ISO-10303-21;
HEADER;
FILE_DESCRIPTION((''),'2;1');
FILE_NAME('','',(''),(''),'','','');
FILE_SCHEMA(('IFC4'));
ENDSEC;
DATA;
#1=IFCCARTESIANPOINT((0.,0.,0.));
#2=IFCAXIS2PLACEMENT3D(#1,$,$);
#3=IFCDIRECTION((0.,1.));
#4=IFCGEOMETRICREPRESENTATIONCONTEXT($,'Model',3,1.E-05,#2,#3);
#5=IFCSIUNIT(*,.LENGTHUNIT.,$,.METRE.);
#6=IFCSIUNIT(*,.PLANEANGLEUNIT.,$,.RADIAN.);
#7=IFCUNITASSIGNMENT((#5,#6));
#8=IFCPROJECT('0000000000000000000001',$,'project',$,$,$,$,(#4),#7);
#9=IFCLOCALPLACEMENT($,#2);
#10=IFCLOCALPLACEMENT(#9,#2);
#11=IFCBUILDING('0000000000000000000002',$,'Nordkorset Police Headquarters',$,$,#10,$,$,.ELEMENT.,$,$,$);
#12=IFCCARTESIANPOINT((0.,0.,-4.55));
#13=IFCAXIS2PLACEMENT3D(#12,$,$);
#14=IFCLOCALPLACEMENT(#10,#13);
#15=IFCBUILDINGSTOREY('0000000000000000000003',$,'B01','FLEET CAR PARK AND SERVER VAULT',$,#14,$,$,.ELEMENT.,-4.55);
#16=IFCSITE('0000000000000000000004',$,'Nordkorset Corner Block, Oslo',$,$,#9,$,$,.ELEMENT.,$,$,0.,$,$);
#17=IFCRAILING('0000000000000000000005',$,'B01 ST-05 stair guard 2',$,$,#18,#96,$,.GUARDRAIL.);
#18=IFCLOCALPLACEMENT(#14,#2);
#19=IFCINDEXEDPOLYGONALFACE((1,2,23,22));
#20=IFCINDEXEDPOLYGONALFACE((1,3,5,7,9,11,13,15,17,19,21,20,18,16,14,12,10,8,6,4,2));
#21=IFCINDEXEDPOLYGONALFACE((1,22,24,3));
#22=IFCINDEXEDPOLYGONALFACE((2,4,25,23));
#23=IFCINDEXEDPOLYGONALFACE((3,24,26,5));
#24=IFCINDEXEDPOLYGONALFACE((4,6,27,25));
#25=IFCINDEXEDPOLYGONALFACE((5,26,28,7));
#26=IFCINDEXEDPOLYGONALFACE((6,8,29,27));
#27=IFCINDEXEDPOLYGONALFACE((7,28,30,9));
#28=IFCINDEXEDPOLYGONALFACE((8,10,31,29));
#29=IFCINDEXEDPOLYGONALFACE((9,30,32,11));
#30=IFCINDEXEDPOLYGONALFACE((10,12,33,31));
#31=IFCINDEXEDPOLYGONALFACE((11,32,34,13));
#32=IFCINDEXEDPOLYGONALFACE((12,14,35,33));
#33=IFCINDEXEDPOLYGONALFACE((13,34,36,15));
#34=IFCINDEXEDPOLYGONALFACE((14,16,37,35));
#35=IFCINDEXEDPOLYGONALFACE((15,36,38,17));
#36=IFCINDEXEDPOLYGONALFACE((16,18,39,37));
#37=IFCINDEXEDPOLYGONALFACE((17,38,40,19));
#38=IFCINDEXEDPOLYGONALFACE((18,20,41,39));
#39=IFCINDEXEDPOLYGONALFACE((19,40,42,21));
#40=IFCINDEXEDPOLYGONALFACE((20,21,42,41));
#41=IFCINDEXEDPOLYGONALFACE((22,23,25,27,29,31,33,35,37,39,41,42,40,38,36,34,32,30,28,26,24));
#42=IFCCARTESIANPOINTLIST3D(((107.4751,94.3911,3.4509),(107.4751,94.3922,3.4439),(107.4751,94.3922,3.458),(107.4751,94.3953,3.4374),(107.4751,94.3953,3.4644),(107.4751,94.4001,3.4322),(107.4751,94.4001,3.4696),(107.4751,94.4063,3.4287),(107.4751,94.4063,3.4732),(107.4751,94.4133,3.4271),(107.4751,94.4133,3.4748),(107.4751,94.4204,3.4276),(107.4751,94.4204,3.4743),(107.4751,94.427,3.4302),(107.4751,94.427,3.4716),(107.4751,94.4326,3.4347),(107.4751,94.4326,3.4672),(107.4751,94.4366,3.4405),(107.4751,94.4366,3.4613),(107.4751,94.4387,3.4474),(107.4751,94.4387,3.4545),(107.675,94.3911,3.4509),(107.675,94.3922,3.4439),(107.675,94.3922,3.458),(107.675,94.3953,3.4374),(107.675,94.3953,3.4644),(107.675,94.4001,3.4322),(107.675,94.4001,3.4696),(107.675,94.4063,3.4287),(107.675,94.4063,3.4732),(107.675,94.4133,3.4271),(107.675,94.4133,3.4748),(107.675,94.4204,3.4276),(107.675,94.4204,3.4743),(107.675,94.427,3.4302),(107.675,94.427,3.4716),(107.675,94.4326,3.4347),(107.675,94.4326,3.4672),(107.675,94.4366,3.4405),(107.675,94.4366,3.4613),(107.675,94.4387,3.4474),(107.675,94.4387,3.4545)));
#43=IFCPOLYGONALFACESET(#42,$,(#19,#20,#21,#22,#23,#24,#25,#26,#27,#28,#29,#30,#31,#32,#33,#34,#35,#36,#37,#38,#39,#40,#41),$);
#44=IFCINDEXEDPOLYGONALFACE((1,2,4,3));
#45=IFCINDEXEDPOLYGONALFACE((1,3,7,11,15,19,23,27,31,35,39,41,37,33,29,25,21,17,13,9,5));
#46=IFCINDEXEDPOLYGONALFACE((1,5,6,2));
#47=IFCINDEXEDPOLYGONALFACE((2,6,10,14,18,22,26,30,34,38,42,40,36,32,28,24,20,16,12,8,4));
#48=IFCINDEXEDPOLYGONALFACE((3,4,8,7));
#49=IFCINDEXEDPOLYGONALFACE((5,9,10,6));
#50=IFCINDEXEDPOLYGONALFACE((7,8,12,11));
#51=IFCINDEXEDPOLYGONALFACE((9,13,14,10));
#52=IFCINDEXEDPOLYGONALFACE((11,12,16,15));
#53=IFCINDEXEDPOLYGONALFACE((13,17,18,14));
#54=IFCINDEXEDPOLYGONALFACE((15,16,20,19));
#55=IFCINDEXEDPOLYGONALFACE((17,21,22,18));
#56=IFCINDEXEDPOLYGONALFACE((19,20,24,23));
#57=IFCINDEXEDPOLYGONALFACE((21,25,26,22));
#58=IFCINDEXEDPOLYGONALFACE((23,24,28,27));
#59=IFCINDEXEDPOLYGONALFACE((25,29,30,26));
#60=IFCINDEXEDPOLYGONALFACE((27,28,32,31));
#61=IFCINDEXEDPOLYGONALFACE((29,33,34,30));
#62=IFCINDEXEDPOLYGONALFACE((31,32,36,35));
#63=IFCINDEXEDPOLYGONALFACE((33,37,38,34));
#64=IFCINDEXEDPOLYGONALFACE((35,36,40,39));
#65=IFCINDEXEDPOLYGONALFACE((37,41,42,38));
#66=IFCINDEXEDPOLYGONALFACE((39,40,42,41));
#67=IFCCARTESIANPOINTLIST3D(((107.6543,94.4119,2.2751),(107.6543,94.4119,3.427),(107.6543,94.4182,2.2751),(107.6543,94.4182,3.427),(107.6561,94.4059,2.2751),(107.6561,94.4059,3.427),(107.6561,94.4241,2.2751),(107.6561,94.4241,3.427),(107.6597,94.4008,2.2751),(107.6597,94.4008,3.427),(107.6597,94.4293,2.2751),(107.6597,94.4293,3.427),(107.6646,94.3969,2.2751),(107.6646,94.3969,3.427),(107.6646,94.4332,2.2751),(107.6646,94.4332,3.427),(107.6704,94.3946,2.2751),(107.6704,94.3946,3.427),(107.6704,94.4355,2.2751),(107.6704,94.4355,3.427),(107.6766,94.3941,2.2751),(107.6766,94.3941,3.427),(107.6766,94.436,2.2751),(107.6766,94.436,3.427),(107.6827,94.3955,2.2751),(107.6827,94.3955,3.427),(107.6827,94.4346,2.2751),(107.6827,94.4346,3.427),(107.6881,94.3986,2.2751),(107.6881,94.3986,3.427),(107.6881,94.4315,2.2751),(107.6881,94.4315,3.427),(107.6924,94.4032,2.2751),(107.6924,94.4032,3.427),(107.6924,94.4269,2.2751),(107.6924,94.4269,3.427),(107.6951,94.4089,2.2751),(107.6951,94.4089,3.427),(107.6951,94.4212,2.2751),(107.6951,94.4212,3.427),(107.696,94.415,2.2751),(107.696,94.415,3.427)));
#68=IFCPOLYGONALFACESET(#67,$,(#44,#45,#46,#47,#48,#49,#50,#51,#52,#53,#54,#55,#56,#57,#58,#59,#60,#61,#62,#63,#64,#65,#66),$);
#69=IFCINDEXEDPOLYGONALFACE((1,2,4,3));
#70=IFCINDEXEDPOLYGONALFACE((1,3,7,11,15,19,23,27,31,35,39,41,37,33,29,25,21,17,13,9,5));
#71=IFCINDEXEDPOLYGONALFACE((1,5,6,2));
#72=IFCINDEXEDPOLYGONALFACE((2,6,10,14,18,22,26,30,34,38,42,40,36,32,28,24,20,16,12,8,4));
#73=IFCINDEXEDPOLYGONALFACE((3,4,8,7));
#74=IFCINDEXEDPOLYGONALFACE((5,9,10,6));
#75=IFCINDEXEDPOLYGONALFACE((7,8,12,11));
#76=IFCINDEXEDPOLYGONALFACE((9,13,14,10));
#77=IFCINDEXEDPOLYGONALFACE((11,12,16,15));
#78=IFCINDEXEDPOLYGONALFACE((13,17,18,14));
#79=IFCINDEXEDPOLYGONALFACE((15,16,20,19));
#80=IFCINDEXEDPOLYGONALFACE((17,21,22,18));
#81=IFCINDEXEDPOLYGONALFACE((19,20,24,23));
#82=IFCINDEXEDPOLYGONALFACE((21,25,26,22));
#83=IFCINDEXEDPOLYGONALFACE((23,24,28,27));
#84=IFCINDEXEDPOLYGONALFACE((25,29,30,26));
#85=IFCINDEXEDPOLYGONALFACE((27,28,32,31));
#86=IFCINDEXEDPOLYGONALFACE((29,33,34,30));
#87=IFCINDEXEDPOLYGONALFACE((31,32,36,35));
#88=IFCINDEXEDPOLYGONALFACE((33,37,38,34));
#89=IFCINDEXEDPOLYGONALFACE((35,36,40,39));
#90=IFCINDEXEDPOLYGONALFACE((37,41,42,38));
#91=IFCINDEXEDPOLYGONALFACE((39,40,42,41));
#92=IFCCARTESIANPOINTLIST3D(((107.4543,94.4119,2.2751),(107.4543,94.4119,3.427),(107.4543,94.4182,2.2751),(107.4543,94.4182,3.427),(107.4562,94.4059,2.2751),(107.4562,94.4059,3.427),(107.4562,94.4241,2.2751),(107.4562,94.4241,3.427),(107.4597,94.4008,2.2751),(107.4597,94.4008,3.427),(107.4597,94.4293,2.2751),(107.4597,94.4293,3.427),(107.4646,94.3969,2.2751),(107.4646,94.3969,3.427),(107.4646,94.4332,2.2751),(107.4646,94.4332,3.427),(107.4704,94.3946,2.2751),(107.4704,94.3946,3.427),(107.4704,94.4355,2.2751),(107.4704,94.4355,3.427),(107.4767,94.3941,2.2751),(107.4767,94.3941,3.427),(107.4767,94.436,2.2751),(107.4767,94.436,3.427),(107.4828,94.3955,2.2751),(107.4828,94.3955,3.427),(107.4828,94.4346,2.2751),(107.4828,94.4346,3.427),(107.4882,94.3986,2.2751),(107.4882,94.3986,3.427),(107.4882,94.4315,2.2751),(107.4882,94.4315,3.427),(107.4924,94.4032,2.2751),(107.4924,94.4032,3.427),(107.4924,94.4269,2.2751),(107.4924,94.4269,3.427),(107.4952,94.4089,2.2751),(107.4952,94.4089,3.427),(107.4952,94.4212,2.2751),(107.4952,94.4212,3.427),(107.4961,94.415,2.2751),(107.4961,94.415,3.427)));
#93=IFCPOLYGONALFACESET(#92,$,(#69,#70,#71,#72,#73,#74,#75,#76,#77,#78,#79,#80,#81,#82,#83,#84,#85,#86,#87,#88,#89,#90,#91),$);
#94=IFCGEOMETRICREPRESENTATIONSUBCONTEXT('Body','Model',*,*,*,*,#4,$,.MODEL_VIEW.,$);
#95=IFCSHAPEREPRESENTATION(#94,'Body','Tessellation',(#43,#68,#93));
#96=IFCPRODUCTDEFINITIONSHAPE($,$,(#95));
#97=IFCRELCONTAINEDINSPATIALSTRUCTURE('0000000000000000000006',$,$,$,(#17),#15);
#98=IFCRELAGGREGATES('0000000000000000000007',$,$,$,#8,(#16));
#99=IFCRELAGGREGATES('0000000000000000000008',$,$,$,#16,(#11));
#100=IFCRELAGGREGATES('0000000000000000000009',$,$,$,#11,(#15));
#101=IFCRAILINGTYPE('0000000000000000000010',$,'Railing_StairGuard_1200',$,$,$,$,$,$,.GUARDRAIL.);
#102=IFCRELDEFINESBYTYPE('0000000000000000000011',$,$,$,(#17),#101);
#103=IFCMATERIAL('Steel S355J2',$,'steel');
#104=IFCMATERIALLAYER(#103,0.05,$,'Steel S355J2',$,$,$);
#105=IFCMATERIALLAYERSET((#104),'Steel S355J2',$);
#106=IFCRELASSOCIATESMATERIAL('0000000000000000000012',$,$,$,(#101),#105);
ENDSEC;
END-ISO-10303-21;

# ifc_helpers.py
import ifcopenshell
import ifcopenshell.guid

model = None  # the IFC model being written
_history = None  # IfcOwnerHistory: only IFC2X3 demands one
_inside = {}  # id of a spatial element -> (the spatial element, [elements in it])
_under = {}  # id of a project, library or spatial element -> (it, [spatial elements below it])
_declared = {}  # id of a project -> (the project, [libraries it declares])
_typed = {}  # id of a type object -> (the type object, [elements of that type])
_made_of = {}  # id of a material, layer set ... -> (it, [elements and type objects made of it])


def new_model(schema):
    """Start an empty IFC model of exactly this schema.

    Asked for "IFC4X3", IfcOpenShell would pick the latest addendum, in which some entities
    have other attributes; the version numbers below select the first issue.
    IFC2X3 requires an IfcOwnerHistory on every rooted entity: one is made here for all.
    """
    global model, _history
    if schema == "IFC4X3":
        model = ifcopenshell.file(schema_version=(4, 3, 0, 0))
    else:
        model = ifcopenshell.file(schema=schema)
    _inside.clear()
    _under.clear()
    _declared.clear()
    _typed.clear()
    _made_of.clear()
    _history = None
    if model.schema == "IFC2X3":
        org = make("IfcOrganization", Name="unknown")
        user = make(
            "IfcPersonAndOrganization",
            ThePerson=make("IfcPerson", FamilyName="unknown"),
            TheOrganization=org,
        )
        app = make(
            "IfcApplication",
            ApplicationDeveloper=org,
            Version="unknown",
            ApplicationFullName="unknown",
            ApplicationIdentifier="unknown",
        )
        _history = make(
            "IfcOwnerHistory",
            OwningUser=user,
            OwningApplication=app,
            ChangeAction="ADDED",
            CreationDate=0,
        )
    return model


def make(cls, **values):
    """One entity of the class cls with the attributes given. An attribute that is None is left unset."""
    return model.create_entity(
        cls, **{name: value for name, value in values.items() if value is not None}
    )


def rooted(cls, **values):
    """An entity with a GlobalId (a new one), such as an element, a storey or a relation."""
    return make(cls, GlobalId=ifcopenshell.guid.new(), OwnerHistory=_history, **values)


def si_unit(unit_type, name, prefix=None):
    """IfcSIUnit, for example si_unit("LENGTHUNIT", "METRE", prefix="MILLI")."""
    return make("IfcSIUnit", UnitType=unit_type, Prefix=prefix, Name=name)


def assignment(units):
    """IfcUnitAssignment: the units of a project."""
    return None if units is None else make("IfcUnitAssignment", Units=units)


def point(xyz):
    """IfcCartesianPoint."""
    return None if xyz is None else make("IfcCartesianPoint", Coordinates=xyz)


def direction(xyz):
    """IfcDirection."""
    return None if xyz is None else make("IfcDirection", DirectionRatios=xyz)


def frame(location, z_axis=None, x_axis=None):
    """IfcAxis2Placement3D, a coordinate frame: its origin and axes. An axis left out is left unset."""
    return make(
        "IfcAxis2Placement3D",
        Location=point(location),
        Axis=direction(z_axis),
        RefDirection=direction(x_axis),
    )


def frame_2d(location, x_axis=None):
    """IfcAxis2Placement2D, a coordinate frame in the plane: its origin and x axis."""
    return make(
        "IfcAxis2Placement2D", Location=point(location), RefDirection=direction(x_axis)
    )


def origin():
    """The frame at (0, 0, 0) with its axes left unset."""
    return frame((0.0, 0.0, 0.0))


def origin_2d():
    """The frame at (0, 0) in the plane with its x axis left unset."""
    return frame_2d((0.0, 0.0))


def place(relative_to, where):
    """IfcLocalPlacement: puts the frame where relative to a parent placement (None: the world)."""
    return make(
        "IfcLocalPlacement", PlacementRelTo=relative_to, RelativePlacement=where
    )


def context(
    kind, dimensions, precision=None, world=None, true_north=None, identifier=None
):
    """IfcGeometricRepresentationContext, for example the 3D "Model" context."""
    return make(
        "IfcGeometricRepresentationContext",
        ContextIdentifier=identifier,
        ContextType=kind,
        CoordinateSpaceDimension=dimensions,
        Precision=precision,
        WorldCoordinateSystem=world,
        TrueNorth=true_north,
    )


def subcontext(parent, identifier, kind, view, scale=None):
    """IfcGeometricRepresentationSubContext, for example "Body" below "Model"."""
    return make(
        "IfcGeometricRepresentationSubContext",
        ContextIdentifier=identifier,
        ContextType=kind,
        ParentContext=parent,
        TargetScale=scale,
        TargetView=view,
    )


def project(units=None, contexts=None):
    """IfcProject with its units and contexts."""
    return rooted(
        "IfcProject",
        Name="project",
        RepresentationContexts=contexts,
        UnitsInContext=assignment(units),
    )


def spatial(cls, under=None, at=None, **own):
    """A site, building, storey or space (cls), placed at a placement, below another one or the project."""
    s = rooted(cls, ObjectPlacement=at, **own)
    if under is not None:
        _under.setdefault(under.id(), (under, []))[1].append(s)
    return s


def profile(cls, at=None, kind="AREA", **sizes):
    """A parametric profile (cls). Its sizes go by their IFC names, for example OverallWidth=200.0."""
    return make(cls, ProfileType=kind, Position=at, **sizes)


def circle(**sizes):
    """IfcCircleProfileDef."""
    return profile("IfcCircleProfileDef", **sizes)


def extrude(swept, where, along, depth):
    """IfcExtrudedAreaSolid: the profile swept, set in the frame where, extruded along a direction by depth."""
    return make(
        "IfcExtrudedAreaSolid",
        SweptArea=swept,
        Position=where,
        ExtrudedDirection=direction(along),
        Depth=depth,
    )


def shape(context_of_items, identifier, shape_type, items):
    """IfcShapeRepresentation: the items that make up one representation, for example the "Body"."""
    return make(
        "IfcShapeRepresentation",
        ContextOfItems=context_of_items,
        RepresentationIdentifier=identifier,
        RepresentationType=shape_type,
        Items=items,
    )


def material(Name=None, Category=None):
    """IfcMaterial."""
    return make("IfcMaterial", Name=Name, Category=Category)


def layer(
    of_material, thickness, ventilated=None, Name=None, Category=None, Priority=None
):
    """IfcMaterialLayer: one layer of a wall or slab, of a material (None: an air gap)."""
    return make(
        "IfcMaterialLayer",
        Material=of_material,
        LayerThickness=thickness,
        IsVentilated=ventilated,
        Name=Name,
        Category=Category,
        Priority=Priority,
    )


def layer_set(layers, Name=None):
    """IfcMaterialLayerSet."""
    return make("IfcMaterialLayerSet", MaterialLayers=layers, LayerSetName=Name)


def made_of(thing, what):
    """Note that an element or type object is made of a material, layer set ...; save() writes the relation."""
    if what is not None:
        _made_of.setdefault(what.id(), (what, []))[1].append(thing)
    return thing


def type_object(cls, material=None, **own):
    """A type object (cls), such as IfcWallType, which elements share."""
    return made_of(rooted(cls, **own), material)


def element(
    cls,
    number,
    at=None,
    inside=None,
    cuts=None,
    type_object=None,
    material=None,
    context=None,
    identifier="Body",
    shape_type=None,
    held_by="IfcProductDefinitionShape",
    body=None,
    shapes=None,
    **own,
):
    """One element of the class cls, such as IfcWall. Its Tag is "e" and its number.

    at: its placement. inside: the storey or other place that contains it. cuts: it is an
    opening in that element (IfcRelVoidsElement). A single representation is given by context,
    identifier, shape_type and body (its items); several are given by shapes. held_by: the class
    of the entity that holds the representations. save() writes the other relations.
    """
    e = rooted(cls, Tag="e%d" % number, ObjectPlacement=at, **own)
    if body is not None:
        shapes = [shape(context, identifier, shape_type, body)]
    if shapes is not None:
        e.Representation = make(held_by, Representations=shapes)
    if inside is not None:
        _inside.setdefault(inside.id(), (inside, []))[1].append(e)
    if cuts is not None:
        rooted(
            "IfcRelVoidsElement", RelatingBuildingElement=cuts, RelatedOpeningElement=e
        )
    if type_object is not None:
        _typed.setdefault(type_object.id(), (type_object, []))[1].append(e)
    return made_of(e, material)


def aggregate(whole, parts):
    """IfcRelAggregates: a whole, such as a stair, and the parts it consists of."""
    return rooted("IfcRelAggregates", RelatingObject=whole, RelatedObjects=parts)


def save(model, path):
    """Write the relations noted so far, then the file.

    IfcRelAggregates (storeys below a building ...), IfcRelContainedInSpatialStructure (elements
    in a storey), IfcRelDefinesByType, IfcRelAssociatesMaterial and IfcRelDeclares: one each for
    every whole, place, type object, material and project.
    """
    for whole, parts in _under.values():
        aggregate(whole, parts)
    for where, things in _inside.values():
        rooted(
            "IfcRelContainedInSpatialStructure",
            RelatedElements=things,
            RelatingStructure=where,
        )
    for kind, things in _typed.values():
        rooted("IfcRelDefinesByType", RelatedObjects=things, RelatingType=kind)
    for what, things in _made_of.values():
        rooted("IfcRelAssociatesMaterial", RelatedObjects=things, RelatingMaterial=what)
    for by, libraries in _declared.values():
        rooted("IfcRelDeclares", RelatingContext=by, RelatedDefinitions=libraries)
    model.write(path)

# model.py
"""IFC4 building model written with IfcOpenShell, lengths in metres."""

from ifc_helpers import new_model, si_unit, direction, frame, origin, origin_2d, place, context, subcontext, project, spatial, circle, extrude, material, layer, layer_set, type_object, element, save


model = new_model("IFC4")

# Units and contexts
model_context = context("Model", 3, precision=1e-05, world=origin(), true_north=direction((0.0, 1.0)))
body_context = subcontext(model_context, "Body", "Model", "MODEL_VIEW")
ifc_project = project(units=[si_unit("LENGTHUNIT", "METRE"), si_unit("PLANEANGLEUNIT", "RADIAN")], contexts=[model_context])

# Site, building, storey
site_placement = place(None, origin())
site = spatial("IfcSite", under=ifc_project, at=site_placement, Name="Nordkorset Corner Block, Oslo", CompositionType="ELEMENT", RefElevation=0.0)
building_placement = place(site_placement, origin())
building = spatial("IfcBuilding", under=site, at=building_placement, Name="Nordkorset Police Headquarters", CompositionType="ELEMENT")
storey_placement = place(building_placement, frame((0.0, 0.0, -4.55)))
storey = spatial("IfcBuildingStorey", under=building, at=storey_placement, Name="B01", Description="FLEET CAR PARK AND SERVER VAULT", CompositionType="ELEMENT", Elevation=-4.55)

# Railing
ifc_material_1 = material(Name="Steel S355J2", Category="steel")
ifc_layer_1 = layer(ifc_material_1, 0.05, Name="Steel S355J2")
ifc_layer_set_1 = layer_set([ifc_layer_1], Name="Steel S355J2")
railing_type_1 = type_object("IfcRailingType", Name="Railing_StairGuard_1200", PredefinedType="GUARDRAIL", material=ifc_layer_set_1)
railing_1_placement = place(storey_placement, frame((107.675, 94.415, 2.2751)))
element("IfcRailing", 1, at=railing_1_placement, inside=storey, type_object=railing_type_1, Name="B01 ST-05 stair guard 2", PredefinedType="GUARDRAIL", context=body_context, shape_type="SweptSolid", body=[
    extrude(circle(Radius=0.0239, at=origin_2d()), frame((0.0, 0.0, 1.1758), z_axis=(-1.0, 0.0, 0.0), x_axis=(0.0, -1.0, 0.0)), (0.0, 0.0, 1.0), 0.2),
    extrude(circle(Radius=0.021, at=origin_2d()), origin(), (0.0, 0.0, 1.0), 1.1519),
    extrude(circle(Radius=0.021, at=origin_2d()), frame((-0.2, 0.0, 0.0)), (0.0, 0.0, 1.0), 1.1519),
])

save(model, "model.ifc")
